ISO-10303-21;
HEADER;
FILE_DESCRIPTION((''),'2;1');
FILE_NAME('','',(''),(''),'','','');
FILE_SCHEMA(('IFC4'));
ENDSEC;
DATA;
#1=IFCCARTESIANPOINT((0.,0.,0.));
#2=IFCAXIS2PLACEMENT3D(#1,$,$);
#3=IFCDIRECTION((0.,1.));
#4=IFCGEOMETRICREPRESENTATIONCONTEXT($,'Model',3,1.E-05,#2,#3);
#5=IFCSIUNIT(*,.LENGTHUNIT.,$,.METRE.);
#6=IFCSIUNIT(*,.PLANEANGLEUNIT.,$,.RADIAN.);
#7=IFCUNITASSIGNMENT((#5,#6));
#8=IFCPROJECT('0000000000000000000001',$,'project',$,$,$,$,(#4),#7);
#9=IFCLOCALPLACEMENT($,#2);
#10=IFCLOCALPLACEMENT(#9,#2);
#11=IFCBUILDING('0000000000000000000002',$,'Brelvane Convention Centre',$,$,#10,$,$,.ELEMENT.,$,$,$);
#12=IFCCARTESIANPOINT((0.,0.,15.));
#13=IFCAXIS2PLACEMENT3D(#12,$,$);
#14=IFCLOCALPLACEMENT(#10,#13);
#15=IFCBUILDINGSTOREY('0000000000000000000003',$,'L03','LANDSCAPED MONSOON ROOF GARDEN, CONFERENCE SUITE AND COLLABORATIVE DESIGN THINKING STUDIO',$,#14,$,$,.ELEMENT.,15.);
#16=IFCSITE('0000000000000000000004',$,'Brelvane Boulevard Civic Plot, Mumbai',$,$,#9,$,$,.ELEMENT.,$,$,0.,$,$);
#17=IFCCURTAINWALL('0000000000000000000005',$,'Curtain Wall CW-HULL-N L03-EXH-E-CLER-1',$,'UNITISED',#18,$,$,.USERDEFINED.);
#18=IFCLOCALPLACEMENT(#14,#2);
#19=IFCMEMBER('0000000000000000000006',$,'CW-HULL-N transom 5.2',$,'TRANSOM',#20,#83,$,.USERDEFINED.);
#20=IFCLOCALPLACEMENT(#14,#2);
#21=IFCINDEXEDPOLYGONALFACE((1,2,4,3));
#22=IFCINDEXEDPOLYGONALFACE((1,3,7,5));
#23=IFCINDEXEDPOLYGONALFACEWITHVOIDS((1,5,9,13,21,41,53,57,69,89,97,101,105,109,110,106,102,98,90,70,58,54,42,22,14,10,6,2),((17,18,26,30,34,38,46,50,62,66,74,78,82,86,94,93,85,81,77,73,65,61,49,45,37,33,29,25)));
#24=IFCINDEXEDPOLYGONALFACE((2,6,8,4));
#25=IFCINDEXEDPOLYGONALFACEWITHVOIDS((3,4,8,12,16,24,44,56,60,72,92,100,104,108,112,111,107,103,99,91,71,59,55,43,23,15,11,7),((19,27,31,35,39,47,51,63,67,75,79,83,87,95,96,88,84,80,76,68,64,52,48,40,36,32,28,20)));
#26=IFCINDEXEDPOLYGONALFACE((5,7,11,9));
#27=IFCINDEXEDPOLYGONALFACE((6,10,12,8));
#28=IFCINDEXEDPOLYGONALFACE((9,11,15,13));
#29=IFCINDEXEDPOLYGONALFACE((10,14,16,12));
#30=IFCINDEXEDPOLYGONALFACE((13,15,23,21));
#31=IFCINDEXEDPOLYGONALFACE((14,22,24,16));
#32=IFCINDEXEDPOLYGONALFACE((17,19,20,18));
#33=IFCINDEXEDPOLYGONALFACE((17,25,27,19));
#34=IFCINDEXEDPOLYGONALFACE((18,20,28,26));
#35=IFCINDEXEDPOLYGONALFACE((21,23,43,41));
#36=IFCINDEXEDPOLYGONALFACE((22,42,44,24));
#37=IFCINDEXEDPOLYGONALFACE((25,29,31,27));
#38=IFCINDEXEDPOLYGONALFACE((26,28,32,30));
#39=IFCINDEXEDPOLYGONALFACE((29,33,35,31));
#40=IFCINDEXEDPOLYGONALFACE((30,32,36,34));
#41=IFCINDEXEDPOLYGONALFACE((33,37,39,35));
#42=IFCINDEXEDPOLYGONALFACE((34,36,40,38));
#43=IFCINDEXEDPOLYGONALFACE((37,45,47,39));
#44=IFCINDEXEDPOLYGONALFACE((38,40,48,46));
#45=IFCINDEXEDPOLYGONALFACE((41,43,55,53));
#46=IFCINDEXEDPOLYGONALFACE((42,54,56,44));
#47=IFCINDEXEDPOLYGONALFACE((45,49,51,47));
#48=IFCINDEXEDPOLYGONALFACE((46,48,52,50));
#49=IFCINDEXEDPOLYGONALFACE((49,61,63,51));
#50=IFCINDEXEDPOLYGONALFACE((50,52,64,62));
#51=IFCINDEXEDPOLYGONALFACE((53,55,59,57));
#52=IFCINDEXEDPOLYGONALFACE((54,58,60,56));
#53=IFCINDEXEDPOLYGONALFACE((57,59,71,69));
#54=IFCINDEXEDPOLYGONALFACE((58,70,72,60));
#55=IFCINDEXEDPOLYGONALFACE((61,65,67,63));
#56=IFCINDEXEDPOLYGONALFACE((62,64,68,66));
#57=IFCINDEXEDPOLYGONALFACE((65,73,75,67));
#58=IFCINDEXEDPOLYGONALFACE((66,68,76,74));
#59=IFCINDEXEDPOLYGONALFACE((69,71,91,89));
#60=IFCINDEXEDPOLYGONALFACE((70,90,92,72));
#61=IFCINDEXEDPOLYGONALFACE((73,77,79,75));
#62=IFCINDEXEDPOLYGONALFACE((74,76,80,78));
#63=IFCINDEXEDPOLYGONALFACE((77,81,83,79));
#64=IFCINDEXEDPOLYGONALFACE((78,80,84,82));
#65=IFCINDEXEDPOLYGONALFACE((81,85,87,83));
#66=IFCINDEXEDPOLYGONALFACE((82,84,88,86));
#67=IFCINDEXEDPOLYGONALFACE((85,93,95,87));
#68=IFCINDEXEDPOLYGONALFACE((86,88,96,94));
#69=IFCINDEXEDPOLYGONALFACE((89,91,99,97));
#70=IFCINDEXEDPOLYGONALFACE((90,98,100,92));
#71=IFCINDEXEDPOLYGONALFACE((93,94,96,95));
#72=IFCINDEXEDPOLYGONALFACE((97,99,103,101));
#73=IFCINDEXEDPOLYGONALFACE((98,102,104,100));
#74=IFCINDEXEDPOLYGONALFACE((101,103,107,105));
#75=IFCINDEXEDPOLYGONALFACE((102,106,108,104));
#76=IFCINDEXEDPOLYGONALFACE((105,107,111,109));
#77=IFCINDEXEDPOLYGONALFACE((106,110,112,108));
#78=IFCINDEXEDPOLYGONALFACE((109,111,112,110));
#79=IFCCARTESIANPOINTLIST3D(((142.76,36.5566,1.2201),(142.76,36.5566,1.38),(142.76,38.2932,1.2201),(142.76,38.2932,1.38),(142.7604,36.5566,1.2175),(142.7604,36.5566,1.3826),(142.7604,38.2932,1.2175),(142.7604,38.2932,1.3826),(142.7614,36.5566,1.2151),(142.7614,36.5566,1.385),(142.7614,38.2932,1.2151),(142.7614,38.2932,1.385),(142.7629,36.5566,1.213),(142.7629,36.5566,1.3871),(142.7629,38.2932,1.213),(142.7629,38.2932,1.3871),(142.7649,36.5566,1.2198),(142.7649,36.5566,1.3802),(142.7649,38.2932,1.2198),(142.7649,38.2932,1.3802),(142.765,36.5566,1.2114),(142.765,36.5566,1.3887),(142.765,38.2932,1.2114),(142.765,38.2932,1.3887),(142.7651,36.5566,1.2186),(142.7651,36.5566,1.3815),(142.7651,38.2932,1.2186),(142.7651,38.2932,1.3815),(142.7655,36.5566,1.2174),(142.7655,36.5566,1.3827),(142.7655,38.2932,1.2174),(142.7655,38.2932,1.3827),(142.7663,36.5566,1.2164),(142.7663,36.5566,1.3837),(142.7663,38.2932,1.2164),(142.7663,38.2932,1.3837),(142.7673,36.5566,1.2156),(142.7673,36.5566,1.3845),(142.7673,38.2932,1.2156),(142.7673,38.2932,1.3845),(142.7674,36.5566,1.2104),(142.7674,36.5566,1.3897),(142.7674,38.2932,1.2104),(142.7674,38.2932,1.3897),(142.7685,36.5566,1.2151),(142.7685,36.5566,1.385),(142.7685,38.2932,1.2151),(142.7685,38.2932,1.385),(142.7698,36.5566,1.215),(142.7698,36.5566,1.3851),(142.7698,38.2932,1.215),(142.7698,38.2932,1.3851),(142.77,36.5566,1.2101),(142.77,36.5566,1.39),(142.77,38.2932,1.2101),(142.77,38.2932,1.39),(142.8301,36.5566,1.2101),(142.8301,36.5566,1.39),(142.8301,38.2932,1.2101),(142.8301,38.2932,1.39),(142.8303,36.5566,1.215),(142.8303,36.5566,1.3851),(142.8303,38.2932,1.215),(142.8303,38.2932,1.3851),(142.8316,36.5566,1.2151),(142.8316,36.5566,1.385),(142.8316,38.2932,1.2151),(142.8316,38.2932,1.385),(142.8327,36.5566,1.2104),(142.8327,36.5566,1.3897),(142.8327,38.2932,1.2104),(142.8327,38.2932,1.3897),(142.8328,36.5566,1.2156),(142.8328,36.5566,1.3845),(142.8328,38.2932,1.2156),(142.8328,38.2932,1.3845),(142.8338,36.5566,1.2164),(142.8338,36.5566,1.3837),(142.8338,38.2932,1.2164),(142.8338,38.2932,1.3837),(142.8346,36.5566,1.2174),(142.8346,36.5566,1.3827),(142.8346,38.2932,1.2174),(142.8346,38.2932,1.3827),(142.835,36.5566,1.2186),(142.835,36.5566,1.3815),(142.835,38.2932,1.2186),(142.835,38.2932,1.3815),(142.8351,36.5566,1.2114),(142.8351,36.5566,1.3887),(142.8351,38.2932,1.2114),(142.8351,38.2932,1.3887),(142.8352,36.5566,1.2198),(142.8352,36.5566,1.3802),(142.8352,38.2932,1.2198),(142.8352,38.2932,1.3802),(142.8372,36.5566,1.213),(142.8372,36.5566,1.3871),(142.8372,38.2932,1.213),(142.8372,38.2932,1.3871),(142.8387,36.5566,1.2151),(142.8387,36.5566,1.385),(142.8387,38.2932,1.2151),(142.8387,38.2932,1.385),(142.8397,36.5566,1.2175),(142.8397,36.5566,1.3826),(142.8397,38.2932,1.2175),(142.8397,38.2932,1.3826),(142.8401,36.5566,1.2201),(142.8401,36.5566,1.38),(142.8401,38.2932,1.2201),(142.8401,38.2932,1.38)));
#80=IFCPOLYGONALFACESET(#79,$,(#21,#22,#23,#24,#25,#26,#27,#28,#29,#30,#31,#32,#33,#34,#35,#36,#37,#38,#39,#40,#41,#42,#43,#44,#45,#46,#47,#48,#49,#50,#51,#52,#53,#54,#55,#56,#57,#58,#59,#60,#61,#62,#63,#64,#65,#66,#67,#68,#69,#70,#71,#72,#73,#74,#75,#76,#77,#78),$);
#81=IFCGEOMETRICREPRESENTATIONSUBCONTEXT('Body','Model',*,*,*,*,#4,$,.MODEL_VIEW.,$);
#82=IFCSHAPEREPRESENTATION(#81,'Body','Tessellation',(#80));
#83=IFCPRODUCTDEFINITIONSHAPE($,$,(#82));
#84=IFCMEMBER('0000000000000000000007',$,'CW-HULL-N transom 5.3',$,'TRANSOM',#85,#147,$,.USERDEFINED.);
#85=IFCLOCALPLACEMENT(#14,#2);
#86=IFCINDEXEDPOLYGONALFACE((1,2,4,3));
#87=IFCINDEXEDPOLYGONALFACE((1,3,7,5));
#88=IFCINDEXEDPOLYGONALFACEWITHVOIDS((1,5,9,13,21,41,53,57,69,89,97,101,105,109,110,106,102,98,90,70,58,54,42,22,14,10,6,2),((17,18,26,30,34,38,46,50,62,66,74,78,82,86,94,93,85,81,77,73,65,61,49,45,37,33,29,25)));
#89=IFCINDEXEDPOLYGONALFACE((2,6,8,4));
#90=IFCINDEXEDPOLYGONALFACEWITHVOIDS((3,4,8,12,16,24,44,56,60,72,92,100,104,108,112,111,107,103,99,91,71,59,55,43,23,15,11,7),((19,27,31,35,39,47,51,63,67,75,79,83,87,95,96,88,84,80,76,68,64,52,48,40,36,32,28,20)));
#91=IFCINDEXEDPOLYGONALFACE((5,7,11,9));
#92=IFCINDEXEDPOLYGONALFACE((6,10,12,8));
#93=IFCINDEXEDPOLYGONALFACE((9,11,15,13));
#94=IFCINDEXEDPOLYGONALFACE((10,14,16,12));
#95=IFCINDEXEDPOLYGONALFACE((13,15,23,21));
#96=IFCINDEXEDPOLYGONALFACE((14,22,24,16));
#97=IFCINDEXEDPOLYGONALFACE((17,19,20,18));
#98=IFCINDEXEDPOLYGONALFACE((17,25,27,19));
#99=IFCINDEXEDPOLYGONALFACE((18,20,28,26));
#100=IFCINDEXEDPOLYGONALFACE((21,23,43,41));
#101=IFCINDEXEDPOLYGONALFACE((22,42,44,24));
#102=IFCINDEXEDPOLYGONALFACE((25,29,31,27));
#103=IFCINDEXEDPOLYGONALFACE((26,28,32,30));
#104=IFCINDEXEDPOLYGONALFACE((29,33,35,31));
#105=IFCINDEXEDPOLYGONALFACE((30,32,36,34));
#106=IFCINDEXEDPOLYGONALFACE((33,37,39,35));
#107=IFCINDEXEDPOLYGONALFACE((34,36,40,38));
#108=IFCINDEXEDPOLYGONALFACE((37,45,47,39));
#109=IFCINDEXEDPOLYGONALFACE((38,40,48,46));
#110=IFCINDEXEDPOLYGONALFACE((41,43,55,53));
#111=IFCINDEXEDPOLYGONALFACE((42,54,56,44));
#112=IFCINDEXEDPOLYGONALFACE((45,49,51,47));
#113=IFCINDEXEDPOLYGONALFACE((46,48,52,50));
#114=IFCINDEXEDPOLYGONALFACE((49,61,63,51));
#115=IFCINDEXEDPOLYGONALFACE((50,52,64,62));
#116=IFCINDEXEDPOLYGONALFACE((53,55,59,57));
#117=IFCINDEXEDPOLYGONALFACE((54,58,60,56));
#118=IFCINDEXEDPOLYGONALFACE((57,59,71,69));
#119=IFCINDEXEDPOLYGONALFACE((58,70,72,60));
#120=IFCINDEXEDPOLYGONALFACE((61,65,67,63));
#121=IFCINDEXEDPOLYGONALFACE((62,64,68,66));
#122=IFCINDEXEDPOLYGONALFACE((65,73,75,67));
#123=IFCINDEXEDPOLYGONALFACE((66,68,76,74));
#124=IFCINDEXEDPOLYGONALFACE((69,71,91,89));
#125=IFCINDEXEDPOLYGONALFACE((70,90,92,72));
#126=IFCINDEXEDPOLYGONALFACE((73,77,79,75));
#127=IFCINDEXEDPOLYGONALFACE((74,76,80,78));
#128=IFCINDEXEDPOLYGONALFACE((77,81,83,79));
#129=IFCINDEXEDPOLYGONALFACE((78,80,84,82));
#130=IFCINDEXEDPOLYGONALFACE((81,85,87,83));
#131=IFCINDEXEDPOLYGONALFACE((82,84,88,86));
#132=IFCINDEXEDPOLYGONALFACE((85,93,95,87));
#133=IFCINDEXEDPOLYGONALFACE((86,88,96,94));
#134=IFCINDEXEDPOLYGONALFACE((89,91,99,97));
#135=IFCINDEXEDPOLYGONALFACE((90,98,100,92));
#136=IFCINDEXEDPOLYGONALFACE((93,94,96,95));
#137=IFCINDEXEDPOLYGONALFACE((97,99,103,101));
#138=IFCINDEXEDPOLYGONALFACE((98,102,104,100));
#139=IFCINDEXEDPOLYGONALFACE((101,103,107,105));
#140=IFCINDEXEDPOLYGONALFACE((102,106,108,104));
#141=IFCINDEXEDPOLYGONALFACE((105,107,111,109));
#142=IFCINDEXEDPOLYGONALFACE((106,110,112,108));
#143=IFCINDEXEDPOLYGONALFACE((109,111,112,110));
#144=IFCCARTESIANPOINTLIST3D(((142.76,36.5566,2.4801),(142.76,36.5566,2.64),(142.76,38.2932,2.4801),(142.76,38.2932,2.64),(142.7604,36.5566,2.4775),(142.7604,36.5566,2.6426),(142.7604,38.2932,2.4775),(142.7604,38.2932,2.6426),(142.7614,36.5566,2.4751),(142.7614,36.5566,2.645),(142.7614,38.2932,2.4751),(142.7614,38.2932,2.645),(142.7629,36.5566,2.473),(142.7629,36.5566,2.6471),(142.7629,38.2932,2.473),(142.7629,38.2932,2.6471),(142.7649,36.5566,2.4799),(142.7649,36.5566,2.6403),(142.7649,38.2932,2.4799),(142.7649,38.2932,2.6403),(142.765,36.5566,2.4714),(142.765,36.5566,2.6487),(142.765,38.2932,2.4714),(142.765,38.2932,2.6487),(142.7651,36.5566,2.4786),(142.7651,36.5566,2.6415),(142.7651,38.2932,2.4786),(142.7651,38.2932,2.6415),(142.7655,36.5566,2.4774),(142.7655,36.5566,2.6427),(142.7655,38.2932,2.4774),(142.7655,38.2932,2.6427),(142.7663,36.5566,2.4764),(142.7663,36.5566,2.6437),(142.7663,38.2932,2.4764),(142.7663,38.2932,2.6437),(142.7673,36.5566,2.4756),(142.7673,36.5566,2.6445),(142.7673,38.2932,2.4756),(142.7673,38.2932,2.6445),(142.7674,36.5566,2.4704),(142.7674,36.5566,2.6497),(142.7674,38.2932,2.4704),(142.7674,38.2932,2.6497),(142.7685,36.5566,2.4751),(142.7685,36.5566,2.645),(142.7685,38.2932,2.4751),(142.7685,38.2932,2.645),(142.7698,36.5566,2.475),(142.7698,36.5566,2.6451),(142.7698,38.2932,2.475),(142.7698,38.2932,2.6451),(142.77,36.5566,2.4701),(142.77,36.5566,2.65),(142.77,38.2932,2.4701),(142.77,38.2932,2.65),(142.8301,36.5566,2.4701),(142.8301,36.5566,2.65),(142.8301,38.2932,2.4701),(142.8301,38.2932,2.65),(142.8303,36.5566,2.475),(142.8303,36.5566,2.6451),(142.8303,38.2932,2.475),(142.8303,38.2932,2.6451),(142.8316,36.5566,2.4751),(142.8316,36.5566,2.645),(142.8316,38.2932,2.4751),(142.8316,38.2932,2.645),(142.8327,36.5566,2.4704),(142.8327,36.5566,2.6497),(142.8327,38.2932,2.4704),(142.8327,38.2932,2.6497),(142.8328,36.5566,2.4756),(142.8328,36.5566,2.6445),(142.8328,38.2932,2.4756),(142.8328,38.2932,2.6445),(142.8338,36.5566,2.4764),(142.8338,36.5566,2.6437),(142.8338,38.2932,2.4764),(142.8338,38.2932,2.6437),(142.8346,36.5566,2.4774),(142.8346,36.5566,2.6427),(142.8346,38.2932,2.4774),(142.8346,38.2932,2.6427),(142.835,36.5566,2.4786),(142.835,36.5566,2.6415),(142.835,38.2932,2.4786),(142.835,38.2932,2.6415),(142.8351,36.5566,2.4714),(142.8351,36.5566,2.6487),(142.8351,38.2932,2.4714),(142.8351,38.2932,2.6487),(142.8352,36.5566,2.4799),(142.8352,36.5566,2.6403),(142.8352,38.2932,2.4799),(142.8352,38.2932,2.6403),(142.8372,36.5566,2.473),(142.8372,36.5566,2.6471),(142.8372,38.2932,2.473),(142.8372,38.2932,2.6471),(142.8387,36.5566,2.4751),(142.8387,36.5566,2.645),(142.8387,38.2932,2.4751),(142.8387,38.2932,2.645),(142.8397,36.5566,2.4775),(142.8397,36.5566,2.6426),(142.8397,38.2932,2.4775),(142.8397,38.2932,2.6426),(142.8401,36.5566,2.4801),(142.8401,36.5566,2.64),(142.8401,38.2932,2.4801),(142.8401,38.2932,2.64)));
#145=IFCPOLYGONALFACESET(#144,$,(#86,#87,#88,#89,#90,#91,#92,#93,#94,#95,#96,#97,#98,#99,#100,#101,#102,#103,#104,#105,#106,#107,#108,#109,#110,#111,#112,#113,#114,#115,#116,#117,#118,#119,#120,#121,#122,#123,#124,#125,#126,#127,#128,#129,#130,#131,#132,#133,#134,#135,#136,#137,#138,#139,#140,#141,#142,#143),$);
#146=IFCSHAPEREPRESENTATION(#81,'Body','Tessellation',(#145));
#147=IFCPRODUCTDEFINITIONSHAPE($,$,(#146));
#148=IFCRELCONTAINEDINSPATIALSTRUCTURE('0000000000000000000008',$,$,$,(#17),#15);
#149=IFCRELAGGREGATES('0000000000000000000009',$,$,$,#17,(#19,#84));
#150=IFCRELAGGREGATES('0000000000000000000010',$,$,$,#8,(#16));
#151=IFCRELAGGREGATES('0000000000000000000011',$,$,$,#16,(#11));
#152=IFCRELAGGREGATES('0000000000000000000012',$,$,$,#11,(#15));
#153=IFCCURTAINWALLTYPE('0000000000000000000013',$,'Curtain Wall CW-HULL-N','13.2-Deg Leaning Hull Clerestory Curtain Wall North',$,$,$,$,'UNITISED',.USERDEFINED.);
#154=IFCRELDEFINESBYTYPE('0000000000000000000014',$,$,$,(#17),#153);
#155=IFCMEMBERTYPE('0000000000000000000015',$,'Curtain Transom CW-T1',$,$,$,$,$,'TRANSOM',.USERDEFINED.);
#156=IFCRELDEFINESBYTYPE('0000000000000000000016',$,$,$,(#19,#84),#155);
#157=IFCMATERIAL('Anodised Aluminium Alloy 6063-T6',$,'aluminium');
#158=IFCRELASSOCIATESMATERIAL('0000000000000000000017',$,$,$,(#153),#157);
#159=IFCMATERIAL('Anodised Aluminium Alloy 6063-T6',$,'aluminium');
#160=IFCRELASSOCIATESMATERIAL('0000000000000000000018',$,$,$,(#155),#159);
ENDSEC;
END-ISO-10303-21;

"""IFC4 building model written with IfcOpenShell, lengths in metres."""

from ifc_helpers import new_model, si_unit, direction, frame, origin, origin_2d, place, context, subcontext, project, spatial, hollow_rectangle, extrude, material, material_profile, profile_set, type_object, element, aggregate, save


model = new_model("IFC4")

# Units and contexts
model_context = context("Model", 3, precision=1e-05, world=origin(), true_north=direction((0.0, 1.0)))
body_context = subcontext(model_context, "Body", "Model", "MODEL_VIEW")
ifc_project = project(units=[si_unit("LENGTHUNIT", "METRE"), si_unit("PLANEANGLEUNIT", "RADIAN")], contexts=[model_context])

# Site, building, storey
site_placement = place(None, origin())
site = spatial("IfcSite", under=ifc_project, at=site_placement, Name="Brelvane Boulevard Civic Plot, Mumbai", CompositionType="ELEMENT", RefElevation=0.0)
building_placement = place(site_placement, origin())
building = spatial("IfcBuilding", under=site, at=building_placement, Name="Brelvane Convention Centre", CompositionType="ELEMENT")
storey_placement = place(building_placement, frame((0.0, 0.0, 15.0)))
storey = spatial("IfcBuildingStorey", under=building, at=storey_placement, Name="L03", Description="LANDSCAPED MONSOON ROOF GARDEN, CONFERENCE SUITE AND COLLABORATIVE DESIGN THINKING STUDIO", CompositionType="ELEMENT", Elevation=15.0)

# Curtain wall
ifc_material_1 = material(Name="Anodised Aluminium Alloy 6063-T6", Category="aluminium")
curtain_wall_type = type_object("IfcCurtainWallType", Name="Curtain Wall CW-HULL-N", Description="13.2-Deg Leaning Hull Clerestory Curtain Wall North", ElementType="UNITISED", PredefinedType="USERDEFINED", material=ifc_material_1)
curtain_wall_1_placement = place(storey_placement, origin())
curtain_wall_1 = element("IfcCurtainWall", 1, at=curtain_wall_1_placement, inside=storey, type_object=curtain_wall_type, Name="Curtain Wall CW-HULL-N L03-EXH-E-CLER-1", ObjectType="UNITISED", PredefinedType="USERDEFINED")

# Members
ifc_material_2 = material(Name="Anodised Aluminium Alloy 6063-T6", Category="aluminium")
ifc_material_profile_1 = material_profile(ifc_material_2, hollow_rectangle(XDim=0.0801, YDim=0.1799, WallThickness=0.0049, InnerFilletRadius=0.0049, OuterFilletRadius=0.01, at=origin_2d()), Name="ALU-T 180x80x5.0")
ifc_profile_set_1 = profile_set([ifc_material_profile_1], Name="Anodised Aluminium Alloy 6063-T6")
member_type_1 = type_object("IfcMemberType", Name="Curtain Transom CW-T1", ElementType="TRANSOM", PredefinedType="USERDEFINED", material=ifc_profile_set_1)
member_1_placement = place(storey_placement, frame((142.8, 36.5566, 1.3), z_axis=(0.0, 1.0, 0.0), x_axis=(-1.0, 0.0, 0.0)))
member_1 = element("IfcMember", 2, at=member_1_placement, type_object=member_type_1, Name="CW-HULL-N transom 5.2", ObjectType="TRANSOM", PredefinedType="USERDEFINED", context=body_context, shape_type="SweptSolid", body=[
    extrude(hollow_rectangle(XDim=0.0801, YDim=0.1799, WallThickness=0.0049, InnerFilletRadius=0.0049, OuterFilletRadius=0.01, at=origin_2d()), origin(), (0.0, 0.0, 1.0), 1.7366),
])
member_2_placement = place(storey_placement, frame((142.8, 36.5566, 2.5601), z_axis=(0.0, 1.0, 0.0), x_axis=(-1.0, 0.0, 0.0)))
member_2 = element("IfcMember", 3, at=member_2_placement, type_object=member_type_1, Name="CW-HULL-N transom 5.3", ObjectType="TRANSOM", PredefinedType="USERDEFINED", context=body_context, shape_type="SweptSolid", body=[
    extrude(hollow_rectangle(XDim=0.0801, YDim=0.1799, WallThickness=0.0049, InnerFilletRadius=0.0049, OuterFilletRadius=0.01, at=origin_2d()), origin(), (0.0, 0.0, 1.0), 1.7366),
])

aggregate(curtain_wall_1, [member_1, member_2])

save(model, "model.ifc")
